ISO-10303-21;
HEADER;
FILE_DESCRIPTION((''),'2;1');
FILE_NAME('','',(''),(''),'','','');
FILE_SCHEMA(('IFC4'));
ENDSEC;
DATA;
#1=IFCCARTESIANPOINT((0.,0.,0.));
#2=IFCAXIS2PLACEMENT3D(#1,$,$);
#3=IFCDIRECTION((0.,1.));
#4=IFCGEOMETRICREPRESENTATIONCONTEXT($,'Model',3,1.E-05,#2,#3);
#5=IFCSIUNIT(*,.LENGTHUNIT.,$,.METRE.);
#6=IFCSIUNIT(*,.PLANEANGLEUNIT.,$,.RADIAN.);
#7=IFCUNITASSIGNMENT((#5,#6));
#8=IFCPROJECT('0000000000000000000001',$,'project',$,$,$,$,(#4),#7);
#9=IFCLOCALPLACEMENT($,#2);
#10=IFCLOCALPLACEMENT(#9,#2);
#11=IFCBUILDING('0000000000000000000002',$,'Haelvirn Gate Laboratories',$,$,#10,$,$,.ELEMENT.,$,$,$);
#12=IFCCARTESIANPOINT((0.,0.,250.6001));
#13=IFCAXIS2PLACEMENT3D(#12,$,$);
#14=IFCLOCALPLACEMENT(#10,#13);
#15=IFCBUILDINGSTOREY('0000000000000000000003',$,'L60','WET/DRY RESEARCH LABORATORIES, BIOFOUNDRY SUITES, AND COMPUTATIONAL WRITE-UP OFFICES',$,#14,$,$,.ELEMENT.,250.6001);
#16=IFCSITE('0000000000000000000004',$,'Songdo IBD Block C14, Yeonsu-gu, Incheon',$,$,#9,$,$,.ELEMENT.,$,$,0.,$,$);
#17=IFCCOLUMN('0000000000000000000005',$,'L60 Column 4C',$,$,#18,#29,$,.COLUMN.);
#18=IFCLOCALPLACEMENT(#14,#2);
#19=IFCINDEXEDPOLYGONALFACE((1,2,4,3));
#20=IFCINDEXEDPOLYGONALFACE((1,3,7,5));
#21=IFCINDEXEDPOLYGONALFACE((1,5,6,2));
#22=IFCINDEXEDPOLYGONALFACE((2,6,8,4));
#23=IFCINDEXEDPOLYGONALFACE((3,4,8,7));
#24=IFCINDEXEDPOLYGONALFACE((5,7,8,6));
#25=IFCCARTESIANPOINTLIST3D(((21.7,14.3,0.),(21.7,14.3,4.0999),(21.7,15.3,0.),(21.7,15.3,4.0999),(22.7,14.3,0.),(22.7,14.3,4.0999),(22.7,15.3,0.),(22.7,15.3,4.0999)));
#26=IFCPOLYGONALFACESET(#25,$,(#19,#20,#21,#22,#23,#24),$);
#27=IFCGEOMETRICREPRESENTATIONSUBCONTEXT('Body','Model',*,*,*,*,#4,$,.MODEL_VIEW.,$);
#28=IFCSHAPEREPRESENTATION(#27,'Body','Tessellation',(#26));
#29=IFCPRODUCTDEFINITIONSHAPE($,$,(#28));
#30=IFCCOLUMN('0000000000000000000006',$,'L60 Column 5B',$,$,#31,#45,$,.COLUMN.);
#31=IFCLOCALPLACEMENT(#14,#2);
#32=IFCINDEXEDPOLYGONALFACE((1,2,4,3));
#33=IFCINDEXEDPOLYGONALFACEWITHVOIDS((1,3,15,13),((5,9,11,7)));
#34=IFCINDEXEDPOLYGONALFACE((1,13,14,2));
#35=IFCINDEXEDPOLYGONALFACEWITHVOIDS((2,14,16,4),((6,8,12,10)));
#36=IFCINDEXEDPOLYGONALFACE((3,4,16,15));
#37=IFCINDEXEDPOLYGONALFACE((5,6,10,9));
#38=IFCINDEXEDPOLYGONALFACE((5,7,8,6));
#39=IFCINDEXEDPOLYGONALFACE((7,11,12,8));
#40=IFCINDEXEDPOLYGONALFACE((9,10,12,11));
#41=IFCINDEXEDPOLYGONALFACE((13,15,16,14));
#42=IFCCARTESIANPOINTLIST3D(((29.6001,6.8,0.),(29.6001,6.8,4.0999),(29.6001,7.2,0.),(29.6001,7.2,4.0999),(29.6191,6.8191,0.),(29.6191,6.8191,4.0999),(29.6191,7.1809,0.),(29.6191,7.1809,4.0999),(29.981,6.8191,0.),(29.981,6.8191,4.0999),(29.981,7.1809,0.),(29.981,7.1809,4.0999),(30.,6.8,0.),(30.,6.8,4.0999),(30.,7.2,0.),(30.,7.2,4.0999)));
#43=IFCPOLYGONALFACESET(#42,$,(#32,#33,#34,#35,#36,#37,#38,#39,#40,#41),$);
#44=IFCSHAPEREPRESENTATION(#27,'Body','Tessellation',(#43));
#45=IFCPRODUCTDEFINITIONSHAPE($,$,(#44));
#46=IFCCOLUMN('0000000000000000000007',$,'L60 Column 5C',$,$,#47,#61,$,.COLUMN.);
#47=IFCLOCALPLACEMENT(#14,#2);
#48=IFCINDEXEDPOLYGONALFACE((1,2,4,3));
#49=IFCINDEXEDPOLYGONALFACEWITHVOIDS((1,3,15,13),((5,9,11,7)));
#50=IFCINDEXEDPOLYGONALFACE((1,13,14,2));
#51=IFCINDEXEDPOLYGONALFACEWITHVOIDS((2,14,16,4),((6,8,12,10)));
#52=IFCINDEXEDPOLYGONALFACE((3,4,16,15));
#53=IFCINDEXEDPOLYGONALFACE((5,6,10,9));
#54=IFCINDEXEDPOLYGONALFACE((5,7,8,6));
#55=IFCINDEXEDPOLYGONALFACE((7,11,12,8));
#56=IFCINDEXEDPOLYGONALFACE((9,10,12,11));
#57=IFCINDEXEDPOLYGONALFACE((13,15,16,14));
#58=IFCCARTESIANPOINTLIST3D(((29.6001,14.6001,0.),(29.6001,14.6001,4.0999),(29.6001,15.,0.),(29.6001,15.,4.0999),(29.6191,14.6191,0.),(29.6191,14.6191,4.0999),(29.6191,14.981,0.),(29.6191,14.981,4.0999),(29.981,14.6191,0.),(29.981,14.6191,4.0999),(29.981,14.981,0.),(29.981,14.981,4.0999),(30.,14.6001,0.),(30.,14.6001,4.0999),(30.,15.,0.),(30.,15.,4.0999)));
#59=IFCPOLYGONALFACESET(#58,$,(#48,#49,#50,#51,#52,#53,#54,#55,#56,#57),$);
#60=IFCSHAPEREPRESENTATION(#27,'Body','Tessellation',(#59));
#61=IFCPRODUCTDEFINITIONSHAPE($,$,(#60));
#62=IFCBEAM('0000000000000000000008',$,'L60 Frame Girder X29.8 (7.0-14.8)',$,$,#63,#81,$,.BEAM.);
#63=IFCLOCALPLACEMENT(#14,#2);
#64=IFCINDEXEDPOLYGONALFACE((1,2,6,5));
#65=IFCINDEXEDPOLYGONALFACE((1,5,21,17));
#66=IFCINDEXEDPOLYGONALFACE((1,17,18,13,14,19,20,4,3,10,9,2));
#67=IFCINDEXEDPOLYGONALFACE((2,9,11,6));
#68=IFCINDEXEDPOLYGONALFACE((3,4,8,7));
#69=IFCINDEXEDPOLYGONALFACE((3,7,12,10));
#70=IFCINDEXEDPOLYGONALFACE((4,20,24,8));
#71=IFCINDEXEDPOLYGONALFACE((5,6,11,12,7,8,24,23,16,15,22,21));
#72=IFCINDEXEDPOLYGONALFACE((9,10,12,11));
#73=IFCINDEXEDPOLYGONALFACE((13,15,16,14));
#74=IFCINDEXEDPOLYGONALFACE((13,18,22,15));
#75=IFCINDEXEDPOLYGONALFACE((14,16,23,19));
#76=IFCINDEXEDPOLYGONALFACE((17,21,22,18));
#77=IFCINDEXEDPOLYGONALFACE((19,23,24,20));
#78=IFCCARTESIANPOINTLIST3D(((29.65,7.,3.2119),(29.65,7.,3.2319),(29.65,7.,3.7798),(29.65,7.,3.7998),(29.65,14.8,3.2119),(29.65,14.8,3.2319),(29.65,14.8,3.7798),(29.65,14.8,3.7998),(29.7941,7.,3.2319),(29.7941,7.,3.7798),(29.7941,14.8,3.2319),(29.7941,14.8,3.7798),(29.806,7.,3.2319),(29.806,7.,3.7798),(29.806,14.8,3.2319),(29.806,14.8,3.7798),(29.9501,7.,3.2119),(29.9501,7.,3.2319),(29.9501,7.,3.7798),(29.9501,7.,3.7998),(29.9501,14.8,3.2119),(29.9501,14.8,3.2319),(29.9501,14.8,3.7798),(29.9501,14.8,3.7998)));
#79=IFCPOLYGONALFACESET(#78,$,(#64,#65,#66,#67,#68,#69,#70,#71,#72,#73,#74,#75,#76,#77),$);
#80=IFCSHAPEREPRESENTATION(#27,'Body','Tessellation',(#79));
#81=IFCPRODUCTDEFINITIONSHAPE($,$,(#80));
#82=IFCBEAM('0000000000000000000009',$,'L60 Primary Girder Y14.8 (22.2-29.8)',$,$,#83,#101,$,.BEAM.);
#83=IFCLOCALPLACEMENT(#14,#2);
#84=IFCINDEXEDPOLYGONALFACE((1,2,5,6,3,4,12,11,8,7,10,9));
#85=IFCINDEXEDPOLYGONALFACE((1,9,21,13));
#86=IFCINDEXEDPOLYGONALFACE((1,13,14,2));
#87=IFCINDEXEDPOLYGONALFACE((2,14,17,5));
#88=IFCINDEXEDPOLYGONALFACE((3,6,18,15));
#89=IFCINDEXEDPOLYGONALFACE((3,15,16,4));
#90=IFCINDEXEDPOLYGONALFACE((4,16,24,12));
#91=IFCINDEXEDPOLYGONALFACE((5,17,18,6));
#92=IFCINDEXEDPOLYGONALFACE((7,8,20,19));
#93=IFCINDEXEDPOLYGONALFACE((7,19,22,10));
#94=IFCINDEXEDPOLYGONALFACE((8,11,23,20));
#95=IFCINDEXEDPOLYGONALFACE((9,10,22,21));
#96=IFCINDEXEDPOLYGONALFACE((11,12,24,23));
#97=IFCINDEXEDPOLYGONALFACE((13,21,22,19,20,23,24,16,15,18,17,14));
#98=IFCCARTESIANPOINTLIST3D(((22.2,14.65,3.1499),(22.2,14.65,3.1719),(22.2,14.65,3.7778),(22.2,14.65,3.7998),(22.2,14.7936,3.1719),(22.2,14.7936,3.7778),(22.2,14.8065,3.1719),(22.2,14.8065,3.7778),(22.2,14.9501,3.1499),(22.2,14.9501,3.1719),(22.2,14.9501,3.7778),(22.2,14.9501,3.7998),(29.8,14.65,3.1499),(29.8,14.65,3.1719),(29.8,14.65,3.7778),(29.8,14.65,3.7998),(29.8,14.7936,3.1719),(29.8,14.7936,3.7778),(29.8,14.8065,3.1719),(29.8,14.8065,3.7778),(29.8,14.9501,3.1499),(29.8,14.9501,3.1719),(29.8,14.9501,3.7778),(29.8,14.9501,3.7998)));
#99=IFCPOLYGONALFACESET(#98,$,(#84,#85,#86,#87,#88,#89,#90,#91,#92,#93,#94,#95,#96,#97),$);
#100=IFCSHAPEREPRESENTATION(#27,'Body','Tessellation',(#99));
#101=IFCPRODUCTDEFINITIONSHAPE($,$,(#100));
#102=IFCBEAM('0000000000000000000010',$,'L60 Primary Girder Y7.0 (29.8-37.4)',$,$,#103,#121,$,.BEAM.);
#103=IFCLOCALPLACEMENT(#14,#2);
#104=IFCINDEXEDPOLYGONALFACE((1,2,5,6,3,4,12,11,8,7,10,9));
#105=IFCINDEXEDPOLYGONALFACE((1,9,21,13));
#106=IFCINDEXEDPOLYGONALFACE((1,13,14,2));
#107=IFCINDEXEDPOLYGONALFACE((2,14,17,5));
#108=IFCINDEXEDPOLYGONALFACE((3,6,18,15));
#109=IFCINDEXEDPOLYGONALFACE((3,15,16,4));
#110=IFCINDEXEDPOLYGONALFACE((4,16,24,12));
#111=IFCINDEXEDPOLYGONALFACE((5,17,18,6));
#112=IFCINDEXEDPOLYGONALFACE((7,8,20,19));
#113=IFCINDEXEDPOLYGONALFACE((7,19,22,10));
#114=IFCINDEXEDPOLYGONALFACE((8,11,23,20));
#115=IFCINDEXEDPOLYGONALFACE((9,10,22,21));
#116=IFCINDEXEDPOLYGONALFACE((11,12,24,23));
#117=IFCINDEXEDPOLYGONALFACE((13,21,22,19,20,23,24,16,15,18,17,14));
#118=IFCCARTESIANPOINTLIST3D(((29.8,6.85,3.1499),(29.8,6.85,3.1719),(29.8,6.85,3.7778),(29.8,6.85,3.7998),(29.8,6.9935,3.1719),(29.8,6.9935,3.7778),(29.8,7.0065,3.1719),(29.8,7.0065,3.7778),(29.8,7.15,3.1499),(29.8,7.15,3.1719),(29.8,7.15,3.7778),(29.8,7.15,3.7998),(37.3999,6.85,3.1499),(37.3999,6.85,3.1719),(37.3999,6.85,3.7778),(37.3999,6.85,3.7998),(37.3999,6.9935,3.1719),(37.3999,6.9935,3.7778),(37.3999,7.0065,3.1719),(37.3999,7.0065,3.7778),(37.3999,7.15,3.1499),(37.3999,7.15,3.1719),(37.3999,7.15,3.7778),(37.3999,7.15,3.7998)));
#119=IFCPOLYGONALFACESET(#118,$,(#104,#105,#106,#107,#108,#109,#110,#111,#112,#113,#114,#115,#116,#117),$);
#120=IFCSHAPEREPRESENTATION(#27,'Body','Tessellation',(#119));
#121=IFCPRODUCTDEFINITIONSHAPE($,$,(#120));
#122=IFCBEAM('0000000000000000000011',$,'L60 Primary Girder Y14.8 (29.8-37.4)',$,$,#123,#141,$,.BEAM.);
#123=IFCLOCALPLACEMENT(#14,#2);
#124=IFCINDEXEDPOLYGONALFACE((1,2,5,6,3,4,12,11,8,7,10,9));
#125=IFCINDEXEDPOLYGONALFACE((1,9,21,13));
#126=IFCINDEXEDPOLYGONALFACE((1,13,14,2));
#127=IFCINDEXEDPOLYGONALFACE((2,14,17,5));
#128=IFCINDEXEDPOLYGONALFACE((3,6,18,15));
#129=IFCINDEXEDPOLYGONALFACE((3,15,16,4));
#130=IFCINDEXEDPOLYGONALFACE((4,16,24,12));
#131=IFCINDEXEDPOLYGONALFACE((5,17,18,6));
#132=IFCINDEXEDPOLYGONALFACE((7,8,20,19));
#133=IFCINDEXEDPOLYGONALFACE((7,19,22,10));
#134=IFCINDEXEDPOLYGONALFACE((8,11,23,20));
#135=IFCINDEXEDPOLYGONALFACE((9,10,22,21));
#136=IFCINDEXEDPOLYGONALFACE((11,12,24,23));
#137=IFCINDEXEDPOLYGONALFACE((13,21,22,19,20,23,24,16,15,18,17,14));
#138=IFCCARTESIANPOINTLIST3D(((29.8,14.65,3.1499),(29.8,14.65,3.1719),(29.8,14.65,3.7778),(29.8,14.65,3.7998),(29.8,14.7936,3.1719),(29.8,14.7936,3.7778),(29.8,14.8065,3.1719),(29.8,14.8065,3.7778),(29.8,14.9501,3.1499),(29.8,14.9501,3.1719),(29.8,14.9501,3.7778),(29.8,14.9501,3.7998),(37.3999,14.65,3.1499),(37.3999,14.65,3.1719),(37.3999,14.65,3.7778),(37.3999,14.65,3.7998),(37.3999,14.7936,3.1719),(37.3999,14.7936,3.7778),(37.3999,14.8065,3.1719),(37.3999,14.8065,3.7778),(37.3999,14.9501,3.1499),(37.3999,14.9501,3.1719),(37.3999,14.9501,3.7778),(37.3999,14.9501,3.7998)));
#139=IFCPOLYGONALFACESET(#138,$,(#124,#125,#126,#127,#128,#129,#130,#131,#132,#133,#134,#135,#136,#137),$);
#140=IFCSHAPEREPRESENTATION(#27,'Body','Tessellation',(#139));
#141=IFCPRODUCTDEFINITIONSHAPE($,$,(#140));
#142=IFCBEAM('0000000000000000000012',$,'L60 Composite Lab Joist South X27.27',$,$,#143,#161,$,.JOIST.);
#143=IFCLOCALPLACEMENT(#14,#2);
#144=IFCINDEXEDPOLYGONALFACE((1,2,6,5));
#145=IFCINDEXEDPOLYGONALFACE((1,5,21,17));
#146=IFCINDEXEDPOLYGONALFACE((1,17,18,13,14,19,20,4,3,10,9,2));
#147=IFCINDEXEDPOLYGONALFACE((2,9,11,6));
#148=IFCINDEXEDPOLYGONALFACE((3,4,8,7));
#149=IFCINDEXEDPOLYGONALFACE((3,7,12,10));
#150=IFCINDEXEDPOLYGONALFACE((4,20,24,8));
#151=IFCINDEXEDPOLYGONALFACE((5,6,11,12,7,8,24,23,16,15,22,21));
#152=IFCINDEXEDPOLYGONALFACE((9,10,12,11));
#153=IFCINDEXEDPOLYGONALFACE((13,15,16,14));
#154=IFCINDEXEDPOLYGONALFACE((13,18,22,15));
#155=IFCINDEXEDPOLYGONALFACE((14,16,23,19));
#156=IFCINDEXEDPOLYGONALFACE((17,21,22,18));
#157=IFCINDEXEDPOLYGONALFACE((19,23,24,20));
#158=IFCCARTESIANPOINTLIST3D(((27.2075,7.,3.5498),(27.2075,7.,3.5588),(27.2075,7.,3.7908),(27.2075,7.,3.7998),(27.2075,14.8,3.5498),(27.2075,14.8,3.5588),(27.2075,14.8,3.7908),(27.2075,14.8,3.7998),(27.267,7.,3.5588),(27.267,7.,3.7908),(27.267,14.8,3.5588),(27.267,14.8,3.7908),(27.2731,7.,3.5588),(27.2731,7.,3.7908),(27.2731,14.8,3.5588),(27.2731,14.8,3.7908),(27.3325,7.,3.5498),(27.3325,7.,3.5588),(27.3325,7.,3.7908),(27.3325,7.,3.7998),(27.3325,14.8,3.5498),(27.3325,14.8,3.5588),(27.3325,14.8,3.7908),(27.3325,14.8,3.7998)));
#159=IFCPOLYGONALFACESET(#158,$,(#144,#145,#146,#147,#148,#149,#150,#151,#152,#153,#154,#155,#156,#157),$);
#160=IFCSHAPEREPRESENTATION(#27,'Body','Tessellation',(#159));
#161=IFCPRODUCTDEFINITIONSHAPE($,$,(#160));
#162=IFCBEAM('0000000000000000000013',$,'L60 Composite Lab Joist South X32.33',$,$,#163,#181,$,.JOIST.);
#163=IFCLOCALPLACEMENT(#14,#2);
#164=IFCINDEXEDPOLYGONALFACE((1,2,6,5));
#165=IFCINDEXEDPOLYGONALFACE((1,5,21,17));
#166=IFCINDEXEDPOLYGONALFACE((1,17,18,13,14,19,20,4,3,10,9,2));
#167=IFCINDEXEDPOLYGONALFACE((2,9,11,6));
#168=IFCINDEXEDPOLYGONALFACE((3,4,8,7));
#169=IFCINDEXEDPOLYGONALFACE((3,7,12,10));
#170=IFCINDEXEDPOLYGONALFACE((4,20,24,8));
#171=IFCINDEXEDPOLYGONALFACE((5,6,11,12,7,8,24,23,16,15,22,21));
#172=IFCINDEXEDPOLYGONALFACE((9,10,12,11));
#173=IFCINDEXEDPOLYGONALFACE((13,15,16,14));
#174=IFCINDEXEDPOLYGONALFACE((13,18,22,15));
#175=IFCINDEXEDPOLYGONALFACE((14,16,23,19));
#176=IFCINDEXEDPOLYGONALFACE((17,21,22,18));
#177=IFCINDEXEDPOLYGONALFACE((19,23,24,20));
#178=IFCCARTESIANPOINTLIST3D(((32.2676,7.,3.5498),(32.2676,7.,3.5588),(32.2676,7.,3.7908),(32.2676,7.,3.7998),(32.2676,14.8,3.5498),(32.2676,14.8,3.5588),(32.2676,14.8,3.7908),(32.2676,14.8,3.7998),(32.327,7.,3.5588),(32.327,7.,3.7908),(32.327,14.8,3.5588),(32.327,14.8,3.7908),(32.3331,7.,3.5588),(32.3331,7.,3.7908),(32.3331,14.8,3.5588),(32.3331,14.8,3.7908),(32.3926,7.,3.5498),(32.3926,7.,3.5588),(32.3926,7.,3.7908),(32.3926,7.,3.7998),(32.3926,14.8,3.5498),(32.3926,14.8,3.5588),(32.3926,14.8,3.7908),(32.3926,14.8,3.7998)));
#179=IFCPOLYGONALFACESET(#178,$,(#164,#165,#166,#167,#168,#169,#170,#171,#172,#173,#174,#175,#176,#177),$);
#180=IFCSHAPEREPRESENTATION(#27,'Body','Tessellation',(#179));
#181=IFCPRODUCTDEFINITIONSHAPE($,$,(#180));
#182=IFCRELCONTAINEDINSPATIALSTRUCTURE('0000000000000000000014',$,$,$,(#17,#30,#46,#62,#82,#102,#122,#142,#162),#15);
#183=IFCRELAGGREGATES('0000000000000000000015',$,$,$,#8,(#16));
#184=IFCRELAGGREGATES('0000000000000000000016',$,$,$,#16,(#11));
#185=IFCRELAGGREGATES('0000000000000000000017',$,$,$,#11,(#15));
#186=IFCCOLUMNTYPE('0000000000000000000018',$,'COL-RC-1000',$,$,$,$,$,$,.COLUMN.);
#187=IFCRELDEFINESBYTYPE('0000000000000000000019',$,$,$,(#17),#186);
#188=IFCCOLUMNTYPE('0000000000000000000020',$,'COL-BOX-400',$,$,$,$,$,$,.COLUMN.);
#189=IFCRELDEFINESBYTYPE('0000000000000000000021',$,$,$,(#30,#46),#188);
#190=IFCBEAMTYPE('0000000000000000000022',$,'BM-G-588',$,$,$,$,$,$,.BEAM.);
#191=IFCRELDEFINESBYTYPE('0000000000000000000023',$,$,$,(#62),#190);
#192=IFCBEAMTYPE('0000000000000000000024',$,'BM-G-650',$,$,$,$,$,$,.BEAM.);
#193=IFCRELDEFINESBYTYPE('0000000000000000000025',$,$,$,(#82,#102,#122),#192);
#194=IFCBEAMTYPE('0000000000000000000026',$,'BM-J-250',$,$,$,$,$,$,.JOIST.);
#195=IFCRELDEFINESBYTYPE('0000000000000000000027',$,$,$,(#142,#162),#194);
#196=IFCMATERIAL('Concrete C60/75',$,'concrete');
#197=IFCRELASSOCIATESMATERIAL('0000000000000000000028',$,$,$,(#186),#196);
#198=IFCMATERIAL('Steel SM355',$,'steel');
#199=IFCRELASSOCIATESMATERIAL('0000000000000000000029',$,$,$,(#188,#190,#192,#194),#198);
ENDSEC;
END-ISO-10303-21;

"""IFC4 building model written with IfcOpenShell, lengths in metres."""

from ifc_helpers import new_model, si_unit, direction, frame, origin, origin_2d, place, context, subcontext, project, spatial, rectangle, hollow_rectangle, i_section, extrude, source, transform, mapped, material, material_profile, profile_set, type_object, type_shapes, element, save


model = new_model("IFC4")

# Units and contexts
model_context = context("Model", 3, precision=1e-05, world=origin(), true_north=direction((0.0, 1.0)))
body_context = subcontext(model_context, "Body", "Model", "MODEL_VIEW")
ifc_project = project(units=[si_unit("LENGTHUNIT", "METRE"), si_unit("PLANEANGLEUNIT", "RADIAN")], contexts=[model_context])

# Site, building, storey
site_placement = place(None, origin())
site = spatial("IfcSite", under=ifc_project, at=site_placement, Name="Songdo IBD Block C14, Yeonsu-gu, Incheon", CompositionType="ELEMENT", RefElevation=0.0)
building_placement = place(site_placement, origin())
building = spatial("IfcBuilding", under=site, at=building_placement, Name="Haelvirn Gate Laboratories", CompositionType="ELEMENT")
storey_placement = place(building_placement, frame((0.0, 0.0, 250.6001)))
storey = spatial("IfcBuildingStorey", under=building, at=storey_placement, Name="L60", Description="WET/DRY RESEARCH LABORATORIES, BIOFOUNDRY SUITES, AND COMPUTATIONAL WRITE-UP OFFICES", CompositionType="ELEMENT", Elevation=250.6001)

# Columns
ifc_material_1 = material(Name="Concrete C60/75", Category="concrete")
ifc_material_profile_1 = material_profile(ifc_material_1, rectangle(XDim=1.0, YDim=1.0, at=origin_2d()), Name="RC-1000x1000")
ifc_profile_set_1 = profile_set([ifc_material_profile_1], Name="Concrete C60/75")
column_type_1 = type_object("IfcColumnType", Name="COL-RC-1000", PredefinedType="COLUMN", material=ifc_profile_set_1)
shared_shape_1 = source(origin(), body_context, "Body", "SweptSolid", [
    extrude(rectangle(XDim=1.0, YDim=1.0, at=origin_2d()), origin(), (0.0, 0.0, 1.0), 4.0999),
])
type_shapes(column_type_1, [shared_shape_1])
column_placement = place(storey_placement, frame((22.2, 14.8, 0.0), z_axis=(0.0, 0.0, 1.0), x_axis=(1.0, 0.0, 0.0)))
element("IfcColumn", 1, at=column_placement, inside=storey, type_object=column_type_1, Name="L60 Column 4C", PredefinedType="COLUMN", context=body_context, shape_type="MappedRepresentation", body=[
    mapped(shared_shape_1, transform((0.0, 0.0, 0.0), scale=1.0)),
])
ifc_material_2 = material(Name="Steel SM355", Category="steel")
ifc_material_profile_2 = material_profile(ifc_material_2, hollow_rectangle(XDim=0.3999, YDim=0.3999, WallThickness=0.019, at=origin_2d()), Name="BOX-400x400x19")
ifc_profile_set_2 = profile_set([ifc_material_profile_2], Name="Steel SM355")
column_type_2 = type_object("IfcColumnType", Name="COL-BOX-400", PredefinedType="COLUMN", material=ifc_profile_set_2)
shared_shape_2 = source(origin(), body_context, "Body", "SweptSolid", [
    extrude(hollow_rectangle(XDim=0.3999, YDim=0.3999, WallThickness=0.019, at=origin_2d()), origin(), (0.0, 0.0, 1.0), 4.0999),
])
type_shapes(column_type_2, [shared_shape_2])
for number, where, z_axis, x_axis, name in (
    (2, (29.8, 7.0, 0.0), (0.0, 0.0, 1.0), (1.0, 0.0, 0.0), "L60 Column 5B"),
    (3, (29.8, 14.8, 0.0), (0.0, 0.0, 1.0), (1.0, 0.0, 0.0), "L60 Column 5C"),
):
    element("IfcColumn", number, at=place(storey_placement, frame(where, z_axis=z_axis, x_axis=x_axis)), inside=storey, type_object=column_type_2, Name=name, PredefinedType="COLUMN", context=body_context, shape_type="MappedRepresentation", body=[
        mapped(shared_shape_2, transform((0.0, 0.0, 0.0), scale=1.0)),
    ])

# Beams
ifc_material_profile_3 = material_profile(ifc_material_2, i_section(OverallWidth=0.3, OverallDepth=0.5879, WebThickness=0.012, FlangeThickness=0.02, at=origin_2d()), Name="H-588x300x12x20")
ifc_profile_set_3 = profile_set([ifc_material_profile_3], Name="Steel SM355")
beam_type_1 = type_object("IfcBeamType", Name="BM-G-588", PredefinedType="BEAM", material=ifc_profile_set_3)
shared_shape_3 = source(origin(), body_context, "Body", "SweptSolid", [
    extrude(i_section(OverallWidth=0.3, OverallDepth=0.5879, WebThickness=0.012, FlangeThickness=0.02, at=origin_2d()), origin(), (0.0, 0.0, 1.0), 7.8),
])
type_shapes(beam_type_1, [shared_shape_3])
beam_1_placement = place(storey_placement, frame((29.8, 7.0, 3.5059), z_axis=(0.0, 1.0, 0.0), x_axis=(-1.0, 0.0, 0.0)))
element("IfcBeam", 4, at=beam_1_placement, inside=storey, type_object=beam_type_1, Name="L60 Frame Girder X29.8 (7.0-14.8)", PredefinedType="BEAM", context=body_context, shape_type="MappedRepresentation", body=[
    mapped(shared_shape_3, transform((0.0, 0.0, 0.0), scale=1.0)),
])
ifc_material_profile_4 = material_profile(ifc_material_2, i_section(OverallWidth=0.3, OverallDepth=0.6499, WebThickness=0.0129, FlangeThickness=0.022, at=origin_2d()), Name="H-650x300x13x22")
ifc_profile_set_4 = profile_set([ifc_material_profile_4], Name="Steel SM355")
beam_type_2 = type_object("IfcBeamType", Name="BM-G-650", PredefinedType="BEAM", material=ifc_profile_set_4)
shared_shape_4 = source(origin(), body_context, "Body", "SweptSolid", [
    extrude(i_section(OverallWidth=0.3, OverallDepth=0.6499, WebThickness=0.0129, FlangeThickness=0.022, at=origin_2d()), origin(), (0.0, 0.0, 1.0), 7.6001),
])
beam_2_placement = place(storey_placement, frame((22.2, 14.8, 3.4749), z_axis=(1.0, 0.0, 0.0), x_axis=(0.0, 1.0, 0.0)))
element("IfcBeam", 5, at=beam_2_placement, inside=storey, type_object=beam_type_2, Name="L60 Primary Girder Y14.8 (22.2-29.8)", PredefinedType="BEAM", context=body_context, shape_type="MappedRepresentation", body=[
    mapped(shared_shape_4, transform((0.0, 0.0, 0.0), scale=1.0)),
])
shared_shape_5 = source(origin(), body_context, "Body", "SweptSolid", [
    extrude(i_section(OverallWidth=0.3, OverallDepth=0.6499, WebThickness=0.0129, FlangeThickness=0.022, at=origin_2d()), origin(), (0.0, 0.0, 1.0), 7.5999),
])
type_shapes(beam_type_2, [shared_shape_4, shared_shape_5])
for number, where, z_axis, x_axis, name in (
    (6, (29.8, 7.0, 3.4749), (1.0, 0.0, 0.0), (0.0, 1.0, 0.0), "L60 Primary Girder Y7.0 (29.8-37.4)"),
    (7, (29.8, 14.8, 3.4749), (1.0, 0.0, 0.0), (0.0, 1.0, 0.0), "L60 Primary Girder Y14.8 (29.8-37.4)"),
):
    element("IfcBeam", number, at=place(storey_placement, frame(where, z_axis=z_axis, x_axis=x_axis)), inside=storey, type_object=beam_type_2, Name=name, PredefinedType="BEAM", context=body_context, shape_type="MappedRepresentation", body=[
        mapped(shared_shape_5, transform((0.0, 0.0, 0.0), scale=1.0)),
    ])
ifc_material_profile_5 = material_profile(ifc_material_2, i_section(OverallWidth=0.125, OverallDepth=0.25, WebThickness=0.0061, FlangeThickness=0.009, at=origin_2d()), Name="H-250x125x6x9")
ifc_profile_set_5 = profile_set([ifc_material_profile_5], Name="Steel SM355")
beam_type_3 = type_object("IfcBeamType", Name="BM-J-250", PredefinedType="JOIST", material=ifc_profile_set_5)
shared_shape_6 = source(origin(), body_context, "Body", "SweptSolid", [
    extrude(i_section(OverallWidth=0.125, OverallDepth=0.25, WebThickness=0.0061, FlangeThickness=0.009, at=origin_2d()), origin(), (0.0, 0.0, 1.0), 7.8),
])
type_shapes(beam_type_3, [shared_shape_6])
for number, where, z_axis, x_axis, name in (
    (8, (27.27, 7.0, 3.6748), (0.0, 1.0, 0.0), (-1.0, 0.0, 0.0), "L60 Composite Lab Joist South X27.27"),
    (9, (32.3301, 7.0, 3.6748), (0.0, 1.0, 0.0), (-1.0, 0.0, 0.0), "L60 Composite Lab Joist South X32.33"),
):
    element("IfcBeam", number, at=place(storey_placement, frame(where, z_axis=z_axis, x_axis=x_axis)), inside=storey, type_object=beam_type_3, Name=name, PredefinedType="JOIST", context=body_context, shape_type="MappedRepresentation", body=[
        mapped(shared_shape_6, transform((0.0, 0.0, 0.0), scale=1.0)),
    ])

save(model, "model.ifc")
